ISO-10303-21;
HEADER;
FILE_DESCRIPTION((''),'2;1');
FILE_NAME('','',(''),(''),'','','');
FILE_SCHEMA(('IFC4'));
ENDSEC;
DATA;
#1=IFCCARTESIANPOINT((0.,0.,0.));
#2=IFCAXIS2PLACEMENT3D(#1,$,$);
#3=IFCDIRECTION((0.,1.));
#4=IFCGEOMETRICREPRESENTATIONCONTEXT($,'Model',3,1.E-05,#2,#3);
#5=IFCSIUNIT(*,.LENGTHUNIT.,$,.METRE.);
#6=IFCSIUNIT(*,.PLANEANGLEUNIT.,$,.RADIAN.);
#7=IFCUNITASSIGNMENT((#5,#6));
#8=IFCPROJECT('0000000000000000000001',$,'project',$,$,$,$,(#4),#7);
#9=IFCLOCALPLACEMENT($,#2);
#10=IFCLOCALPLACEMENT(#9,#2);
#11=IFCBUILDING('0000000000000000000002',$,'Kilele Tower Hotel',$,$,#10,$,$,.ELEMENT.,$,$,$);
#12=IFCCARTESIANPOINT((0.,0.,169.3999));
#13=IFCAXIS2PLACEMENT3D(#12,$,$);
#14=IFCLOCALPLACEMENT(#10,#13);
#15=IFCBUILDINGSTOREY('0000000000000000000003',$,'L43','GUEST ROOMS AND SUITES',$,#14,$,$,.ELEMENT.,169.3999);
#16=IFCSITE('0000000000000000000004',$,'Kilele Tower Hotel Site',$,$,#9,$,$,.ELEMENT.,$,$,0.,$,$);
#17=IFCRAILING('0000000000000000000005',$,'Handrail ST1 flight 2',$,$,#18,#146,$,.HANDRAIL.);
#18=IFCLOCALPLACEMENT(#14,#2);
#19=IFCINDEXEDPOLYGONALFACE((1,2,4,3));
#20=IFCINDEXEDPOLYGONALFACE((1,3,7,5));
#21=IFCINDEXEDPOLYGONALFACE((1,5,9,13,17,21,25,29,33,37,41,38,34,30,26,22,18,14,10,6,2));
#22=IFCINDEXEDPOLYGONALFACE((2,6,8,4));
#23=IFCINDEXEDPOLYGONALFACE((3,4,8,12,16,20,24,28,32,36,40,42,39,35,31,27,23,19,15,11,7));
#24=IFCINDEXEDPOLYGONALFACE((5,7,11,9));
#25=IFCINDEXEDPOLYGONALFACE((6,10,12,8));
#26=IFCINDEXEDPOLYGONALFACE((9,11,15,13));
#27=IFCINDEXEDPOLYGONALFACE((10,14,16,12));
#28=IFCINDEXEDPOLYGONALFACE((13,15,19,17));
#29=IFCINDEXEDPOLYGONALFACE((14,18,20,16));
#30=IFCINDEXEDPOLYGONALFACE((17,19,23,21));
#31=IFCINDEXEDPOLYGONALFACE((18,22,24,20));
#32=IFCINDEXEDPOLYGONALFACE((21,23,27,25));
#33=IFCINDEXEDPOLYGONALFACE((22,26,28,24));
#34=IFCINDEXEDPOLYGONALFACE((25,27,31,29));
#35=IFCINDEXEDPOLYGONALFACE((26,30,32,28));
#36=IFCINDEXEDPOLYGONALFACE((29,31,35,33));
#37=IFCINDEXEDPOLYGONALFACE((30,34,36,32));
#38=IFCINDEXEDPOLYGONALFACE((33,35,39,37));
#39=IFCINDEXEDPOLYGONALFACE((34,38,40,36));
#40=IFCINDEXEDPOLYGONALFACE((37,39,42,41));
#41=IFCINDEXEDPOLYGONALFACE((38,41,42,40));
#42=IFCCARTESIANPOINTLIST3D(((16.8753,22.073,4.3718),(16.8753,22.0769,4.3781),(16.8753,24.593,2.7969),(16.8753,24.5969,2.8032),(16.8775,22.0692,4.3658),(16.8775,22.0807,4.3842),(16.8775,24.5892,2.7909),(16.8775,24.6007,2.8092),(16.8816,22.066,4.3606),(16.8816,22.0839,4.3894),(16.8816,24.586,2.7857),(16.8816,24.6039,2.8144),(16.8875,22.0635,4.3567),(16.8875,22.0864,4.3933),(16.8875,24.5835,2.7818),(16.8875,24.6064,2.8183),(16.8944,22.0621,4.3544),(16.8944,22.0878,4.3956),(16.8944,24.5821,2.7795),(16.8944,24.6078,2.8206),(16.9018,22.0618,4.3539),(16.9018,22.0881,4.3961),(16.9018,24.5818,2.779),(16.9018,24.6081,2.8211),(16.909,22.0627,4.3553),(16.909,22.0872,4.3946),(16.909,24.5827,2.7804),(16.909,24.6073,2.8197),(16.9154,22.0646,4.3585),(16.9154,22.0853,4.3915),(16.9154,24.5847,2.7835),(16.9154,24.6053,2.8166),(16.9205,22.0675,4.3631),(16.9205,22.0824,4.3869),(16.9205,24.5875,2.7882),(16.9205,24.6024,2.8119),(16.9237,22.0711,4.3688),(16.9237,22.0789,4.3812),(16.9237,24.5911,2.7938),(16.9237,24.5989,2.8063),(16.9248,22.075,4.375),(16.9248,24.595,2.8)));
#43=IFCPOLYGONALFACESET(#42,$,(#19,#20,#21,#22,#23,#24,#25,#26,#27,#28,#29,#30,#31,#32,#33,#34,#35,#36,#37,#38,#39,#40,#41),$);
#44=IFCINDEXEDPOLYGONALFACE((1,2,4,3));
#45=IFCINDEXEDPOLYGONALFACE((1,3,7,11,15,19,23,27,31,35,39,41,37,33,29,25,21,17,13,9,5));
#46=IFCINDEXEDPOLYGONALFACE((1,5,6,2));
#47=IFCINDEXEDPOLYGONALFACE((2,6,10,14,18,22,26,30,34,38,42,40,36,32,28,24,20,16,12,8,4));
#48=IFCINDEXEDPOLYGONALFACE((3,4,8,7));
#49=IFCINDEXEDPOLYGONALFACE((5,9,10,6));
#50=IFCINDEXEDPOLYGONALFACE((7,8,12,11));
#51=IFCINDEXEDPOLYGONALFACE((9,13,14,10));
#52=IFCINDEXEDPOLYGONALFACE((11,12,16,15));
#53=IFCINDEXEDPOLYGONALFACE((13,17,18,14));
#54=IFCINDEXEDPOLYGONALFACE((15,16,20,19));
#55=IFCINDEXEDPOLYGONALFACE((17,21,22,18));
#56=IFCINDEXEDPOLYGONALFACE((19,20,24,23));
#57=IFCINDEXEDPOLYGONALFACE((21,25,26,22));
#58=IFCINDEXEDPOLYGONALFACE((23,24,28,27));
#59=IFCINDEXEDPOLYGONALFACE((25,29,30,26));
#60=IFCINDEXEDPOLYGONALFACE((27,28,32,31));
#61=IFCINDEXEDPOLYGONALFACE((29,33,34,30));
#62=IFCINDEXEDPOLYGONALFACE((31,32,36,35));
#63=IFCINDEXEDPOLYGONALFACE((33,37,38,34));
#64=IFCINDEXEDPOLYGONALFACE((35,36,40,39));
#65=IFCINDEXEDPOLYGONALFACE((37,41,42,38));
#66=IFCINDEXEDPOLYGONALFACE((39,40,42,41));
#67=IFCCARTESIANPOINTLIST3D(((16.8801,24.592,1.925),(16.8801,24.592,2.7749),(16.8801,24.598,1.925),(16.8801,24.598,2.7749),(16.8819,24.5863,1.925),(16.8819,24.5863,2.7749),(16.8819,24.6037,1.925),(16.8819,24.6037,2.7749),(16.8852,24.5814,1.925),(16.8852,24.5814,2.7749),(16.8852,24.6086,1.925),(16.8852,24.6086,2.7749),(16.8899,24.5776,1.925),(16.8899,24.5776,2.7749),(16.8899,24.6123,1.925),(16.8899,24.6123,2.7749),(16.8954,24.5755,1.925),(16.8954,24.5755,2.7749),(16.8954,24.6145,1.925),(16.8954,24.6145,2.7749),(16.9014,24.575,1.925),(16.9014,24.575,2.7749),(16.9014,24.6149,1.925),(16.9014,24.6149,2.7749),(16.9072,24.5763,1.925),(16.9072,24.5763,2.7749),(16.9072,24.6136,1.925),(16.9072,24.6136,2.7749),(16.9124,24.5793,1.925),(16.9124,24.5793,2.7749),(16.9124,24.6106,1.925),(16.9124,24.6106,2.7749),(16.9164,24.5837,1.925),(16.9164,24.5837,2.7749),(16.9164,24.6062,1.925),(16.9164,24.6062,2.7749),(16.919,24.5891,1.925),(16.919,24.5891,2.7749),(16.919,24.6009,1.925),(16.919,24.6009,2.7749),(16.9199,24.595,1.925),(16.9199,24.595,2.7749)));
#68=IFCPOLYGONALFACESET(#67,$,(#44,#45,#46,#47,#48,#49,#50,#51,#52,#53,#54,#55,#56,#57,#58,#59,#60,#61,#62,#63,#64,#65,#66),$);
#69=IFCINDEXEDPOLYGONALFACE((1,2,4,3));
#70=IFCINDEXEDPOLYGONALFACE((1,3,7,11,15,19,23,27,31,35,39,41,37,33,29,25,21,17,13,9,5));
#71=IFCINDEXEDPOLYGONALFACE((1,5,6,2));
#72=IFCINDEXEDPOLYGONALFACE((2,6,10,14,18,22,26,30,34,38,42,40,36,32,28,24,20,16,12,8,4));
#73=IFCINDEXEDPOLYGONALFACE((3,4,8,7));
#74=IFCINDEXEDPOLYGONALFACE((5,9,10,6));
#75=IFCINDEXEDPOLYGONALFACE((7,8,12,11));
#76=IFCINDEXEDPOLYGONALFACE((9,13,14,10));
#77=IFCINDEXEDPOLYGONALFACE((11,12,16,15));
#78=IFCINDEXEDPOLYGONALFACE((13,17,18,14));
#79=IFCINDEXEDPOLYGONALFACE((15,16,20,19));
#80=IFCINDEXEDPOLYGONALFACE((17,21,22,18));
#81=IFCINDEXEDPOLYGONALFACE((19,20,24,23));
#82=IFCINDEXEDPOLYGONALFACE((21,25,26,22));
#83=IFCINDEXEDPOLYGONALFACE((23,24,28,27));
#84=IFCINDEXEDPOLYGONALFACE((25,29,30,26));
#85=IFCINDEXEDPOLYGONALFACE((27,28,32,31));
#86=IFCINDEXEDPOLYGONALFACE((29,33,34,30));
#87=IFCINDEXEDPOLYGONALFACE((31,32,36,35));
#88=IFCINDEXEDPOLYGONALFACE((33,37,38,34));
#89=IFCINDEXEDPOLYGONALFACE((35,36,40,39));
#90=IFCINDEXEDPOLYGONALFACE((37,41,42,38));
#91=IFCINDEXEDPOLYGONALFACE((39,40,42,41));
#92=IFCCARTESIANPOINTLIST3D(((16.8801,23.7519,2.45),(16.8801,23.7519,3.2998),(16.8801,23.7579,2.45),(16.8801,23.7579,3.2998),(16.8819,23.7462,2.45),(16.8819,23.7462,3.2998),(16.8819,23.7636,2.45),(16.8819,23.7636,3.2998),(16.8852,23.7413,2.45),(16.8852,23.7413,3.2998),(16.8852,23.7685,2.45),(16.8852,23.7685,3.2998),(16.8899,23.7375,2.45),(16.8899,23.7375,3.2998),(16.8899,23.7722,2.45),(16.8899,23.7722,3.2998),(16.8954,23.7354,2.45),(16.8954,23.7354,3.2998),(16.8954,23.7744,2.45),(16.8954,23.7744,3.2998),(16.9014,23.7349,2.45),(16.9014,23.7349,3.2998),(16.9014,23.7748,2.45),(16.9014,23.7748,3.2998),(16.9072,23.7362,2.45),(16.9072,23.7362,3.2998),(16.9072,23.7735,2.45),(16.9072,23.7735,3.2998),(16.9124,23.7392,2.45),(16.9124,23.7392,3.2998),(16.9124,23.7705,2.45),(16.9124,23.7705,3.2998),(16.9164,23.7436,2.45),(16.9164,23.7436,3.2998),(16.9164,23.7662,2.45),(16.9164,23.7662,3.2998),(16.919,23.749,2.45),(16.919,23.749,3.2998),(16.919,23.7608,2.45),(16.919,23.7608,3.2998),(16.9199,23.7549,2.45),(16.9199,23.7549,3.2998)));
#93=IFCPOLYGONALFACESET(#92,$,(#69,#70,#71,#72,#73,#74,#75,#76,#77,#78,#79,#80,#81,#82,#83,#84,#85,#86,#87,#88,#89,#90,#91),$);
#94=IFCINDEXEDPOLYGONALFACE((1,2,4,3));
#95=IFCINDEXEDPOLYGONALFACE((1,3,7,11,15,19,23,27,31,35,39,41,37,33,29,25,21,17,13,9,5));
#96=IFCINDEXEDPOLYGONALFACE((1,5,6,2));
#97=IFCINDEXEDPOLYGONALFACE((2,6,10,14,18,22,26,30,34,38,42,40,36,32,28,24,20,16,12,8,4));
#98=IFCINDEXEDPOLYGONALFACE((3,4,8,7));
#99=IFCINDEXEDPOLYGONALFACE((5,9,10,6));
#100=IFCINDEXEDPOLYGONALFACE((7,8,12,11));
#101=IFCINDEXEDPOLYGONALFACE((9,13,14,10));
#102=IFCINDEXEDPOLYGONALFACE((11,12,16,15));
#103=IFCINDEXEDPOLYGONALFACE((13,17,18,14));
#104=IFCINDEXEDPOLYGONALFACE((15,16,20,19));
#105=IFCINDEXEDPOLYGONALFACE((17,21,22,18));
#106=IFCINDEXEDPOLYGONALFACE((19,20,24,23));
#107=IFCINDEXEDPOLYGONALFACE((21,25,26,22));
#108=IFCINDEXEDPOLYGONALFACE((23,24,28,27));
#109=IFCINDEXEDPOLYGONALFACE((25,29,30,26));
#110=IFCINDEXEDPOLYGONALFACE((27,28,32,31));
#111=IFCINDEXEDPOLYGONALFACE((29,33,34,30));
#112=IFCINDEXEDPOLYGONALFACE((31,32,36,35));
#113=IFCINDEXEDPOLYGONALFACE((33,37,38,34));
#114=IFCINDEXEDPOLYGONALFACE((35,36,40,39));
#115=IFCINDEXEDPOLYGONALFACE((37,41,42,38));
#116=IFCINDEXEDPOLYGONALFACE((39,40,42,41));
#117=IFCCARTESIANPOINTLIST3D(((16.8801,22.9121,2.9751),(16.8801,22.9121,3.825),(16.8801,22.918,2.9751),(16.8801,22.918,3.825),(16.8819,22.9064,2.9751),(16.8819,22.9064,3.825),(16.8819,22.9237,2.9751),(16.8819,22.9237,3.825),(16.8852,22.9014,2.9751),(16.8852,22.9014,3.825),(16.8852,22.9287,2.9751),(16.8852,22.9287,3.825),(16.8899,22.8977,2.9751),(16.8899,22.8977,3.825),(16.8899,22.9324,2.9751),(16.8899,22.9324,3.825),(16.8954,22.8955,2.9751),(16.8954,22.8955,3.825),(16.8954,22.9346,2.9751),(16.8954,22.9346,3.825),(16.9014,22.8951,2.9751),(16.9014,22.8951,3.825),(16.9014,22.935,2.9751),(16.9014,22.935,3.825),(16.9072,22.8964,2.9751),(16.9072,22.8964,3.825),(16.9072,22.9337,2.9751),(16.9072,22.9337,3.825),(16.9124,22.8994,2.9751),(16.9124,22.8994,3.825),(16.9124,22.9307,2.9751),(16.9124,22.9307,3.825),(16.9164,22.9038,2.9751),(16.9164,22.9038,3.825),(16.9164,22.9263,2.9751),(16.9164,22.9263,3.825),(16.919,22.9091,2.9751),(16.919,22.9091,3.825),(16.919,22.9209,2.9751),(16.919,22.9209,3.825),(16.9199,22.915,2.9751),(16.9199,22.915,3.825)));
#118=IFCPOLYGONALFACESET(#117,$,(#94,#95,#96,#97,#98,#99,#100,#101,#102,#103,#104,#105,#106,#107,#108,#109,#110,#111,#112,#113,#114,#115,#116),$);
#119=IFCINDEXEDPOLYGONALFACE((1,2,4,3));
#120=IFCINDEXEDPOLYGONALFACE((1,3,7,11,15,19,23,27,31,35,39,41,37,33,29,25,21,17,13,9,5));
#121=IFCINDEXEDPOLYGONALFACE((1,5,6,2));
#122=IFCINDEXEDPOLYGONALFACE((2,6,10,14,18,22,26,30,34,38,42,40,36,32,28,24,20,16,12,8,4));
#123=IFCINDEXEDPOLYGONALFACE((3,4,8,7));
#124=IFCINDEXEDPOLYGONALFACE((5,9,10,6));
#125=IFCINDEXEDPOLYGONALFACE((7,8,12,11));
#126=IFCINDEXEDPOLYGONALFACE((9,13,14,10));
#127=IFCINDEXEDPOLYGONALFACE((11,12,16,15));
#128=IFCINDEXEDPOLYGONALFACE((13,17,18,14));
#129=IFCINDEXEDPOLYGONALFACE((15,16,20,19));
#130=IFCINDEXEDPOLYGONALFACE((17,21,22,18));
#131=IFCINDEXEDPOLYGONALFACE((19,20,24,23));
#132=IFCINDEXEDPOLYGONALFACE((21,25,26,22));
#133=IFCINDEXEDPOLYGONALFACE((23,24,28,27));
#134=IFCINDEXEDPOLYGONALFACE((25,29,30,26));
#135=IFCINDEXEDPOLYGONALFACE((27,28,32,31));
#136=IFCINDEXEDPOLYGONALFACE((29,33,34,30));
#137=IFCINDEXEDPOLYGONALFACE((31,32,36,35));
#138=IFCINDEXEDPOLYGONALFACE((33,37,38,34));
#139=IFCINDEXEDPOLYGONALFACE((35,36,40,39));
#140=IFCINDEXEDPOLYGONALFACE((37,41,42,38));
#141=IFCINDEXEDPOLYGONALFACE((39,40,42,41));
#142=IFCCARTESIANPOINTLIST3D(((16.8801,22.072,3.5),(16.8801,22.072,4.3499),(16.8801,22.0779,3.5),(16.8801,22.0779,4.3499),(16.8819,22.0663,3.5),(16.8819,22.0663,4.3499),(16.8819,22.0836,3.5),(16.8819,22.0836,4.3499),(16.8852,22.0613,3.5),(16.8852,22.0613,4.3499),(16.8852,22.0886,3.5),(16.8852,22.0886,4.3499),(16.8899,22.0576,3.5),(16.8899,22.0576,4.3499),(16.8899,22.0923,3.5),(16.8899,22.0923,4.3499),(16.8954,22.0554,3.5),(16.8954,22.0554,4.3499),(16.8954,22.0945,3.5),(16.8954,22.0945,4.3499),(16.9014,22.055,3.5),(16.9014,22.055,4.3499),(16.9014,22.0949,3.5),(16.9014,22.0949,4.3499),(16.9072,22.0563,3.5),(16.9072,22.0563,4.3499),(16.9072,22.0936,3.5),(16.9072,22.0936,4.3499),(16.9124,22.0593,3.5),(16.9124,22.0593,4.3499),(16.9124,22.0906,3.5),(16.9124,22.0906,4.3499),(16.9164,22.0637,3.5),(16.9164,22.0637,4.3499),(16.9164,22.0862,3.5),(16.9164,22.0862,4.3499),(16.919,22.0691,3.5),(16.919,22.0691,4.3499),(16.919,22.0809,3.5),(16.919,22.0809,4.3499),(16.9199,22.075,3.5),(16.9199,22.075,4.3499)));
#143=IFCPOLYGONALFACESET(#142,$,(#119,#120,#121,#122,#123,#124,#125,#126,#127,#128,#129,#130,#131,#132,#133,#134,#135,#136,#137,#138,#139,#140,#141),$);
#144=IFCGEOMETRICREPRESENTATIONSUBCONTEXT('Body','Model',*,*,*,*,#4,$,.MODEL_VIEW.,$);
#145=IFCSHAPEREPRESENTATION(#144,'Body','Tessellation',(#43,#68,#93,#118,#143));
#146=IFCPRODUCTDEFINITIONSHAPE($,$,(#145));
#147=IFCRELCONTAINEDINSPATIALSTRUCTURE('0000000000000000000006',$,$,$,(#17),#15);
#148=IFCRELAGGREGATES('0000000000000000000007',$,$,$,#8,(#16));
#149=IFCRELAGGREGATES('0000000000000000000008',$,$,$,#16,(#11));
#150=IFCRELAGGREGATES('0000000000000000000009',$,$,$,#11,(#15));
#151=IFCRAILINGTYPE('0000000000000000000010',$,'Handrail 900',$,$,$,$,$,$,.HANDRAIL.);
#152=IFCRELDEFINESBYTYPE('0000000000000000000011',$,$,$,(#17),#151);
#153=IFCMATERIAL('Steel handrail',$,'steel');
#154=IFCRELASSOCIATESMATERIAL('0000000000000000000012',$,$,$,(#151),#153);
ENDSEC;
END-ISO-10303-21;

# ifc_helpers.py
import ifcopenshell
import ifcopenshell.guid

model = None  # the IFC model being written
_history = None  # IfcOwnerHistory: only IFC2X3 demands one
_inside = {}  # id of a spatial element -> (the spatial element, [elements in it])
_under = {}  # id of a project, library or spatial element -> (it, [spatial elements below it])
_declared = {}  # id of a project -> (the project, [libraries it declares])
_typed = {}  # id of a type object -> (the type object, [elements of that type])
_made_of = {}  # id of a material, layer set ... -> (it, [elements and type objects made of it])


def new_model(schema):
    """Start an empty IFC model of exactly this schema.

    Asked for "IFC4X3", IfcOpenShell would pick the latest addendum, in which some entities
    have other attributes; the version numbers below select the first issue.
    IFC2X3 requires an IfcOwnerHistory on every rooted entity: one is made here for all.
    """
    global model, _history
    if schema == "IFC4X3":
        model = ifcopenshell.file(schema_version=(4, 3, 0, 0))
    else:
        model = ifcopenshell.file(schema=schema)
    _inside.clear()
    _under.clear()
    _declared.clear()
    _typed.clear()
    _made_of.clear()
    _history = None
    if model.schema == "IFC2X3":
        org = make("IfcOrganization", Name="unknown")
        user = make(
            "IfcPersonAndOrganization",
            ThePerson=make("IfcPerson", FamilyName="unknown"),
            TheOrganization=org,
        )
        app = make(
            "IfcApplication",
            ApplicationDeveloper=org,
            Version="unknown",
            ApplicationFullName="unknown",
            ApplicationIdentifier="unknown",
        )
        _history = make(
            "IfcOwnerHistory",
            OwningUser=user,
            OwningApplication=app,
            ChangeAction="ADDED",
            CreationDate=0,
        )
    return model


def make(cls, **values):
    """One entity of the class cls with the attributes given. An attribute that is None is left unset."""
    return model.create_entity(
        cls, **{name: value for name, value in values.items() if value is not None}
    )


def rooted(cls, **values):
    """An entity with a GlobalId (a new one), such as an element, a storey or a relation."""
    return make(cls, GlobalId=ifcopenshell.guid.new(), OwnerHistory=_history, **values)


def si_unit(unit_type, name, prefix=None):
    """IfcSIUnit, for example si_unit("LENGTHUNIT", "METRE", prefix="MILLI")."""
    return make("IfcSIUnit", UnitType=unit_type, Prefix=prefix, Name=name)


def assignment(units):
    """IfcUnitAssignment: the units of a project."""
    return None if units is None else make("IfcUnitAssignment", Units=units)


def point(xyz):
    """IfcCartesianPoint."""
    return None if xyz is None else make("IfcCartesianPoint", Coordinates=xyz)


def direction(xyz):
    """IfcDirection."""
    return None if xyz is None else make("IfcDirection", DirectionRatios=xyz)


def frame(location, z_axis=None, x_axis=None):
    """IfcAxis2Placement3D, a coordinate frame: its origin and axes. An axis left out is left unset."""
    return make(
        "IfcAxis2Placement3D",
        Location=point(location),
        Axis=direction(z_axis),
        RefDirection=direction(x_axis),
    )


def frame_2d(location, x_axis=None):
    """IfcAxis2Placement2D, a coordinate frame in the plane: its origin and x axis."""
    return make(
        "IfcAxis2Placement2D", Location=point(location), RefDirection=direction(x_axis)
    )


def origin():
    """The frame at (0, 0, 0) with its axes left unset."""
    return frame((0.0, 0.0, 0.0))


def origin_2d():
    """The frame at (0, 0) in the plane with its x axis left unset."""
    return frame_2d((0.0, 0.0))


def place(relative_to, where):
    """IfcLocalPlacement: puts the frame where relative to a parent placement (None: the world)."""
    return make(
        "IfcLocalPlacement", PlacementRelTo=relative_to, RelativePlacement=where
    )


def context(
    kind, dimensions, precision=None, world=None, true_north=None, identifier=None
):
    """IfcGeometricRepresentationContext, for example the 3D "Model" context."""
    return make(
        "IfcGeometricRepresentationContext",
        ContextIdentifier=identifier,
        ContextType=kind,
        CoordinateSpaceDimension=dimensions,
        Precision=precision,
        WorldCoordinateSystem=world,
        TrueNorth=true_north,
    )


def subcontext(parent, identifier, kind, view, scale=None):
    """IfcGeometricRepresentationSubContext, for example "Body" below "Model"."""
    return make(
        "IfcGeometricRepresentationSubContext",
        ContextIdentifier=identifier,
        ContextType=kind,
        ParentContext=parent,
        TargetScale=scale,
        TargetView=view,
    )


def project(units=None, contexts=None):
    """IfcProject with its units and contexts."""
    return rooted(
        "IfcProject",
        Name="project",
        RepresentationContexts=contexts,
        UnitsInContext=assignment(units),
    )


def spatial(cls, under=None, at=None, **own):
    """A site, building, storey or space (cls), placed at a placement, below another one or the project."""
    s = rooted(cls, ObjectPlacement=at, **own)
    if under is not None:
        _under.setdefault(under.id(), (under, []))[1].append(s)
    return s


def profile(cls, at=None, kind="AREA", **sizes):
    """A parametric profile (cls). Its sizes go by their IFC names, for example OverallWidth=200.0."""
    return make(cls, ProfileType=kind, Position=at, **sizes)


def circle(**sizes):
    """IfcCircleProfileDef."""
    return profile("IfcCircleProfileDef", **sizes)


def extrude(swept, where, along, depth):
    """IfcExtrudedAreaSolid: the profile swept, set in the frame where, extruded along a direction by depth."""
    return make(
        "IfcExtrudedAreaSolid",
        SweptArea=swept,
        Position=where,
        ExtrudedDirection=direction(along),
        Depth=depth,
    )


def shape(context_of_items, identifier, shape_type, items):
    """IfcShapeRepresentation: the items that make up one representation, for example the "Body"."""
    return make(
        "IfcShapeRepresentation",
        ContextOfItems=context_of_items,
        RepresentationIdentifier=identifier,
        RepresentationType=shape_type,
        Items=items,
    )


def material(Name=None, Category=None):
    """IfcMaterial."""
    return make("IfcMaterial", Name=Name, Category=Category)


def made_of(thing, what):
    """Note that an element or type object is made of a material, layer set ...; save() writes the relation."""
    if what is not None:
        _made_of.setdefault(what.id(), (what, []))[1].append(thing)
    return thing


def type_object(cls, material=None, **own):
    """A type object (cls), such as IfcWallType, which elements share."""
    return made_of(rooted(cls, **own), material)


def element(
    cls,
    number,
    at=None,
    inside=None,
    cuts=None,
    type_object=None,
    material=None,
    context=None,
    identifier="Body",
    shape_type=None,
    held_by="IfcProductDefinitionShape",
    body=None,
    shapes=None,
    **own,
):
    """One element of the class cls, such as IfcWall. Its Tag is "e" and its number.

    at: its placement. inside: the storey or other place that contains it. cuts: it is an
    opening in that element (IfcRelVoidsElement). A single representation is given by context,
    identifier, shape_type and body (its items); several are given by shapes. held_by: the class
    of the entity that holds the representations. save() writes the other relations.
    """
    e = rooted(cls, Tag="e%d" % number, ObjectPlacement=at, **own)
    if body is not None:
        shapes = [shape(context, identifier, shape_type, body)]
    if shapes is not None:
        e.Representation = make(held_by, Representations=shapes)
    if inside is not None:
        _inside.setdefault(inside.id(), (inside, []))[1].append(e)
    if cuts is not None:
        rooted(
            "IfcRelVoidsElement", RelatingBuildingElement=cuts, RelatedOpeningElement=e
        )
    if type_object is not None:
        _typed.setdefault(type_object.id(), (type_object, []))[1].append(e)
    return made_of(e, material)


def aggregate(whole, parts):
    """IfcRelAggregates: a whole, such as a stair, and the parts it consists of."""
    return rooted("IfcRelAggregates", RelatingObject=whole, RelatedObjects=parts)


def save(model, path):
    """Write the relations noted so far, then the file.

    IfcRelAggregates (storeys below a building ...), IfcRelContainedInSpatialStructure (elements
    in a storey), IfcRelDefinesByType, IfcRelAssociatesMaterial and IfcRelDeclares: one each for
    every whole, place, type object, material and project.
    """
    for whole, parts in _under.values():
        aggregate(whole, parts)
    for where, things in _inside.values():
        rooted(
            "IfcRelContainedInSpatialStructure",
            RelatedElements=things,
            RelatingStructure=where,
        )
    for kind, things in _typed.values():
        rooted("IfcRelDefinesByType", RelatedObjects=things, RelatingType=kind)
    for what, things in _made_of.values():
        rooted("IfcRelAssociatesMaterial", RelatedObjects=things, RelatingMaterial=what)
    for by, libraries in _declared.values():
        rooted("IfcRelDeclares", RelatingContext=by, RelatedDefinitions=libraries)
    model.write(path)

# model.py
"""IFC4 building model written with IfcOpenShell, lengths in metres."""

from ifc_helpers import new_model, si_unit, direction, frame, origin, origin_2d, place, context, subcontext, project, spatial, circle, extrude, material, type_object, element, save


model = new_model("IFC4")

# Units and contexts
model_context = context("Model", 3, precision=1e-05, world=origin(), true_north=direction((0.0, 1.0)))
body_context = subcontext(model_context, "Body", "Model", "MODEL_VIEW")
ifc_project = project(units=[si_unit("LENGTHUNIT", "METRE"), si_unit("PLANEANGLEUNIT", "RADIAN")], contexts=[model_context])

# Site, building, storey
site_placement = place(None, origin())
site = spatial("IfcSite", under=ifc_project, at=site_placement, Name="Kilele Tower Hotel Site", CompositionType="ELEMENT", RefElevation=0.0)
building_placement = place(site_placement, origin())
building = spatial("IfcBuilding", under=site, at=building_placement, Name="Kilele Tower Hotel", CompositionType="ELEMENT")
storey_placement = place(building_placement, frame((0.0, 0.0, 169.3999)))
storey = spatial("IfcBuildingStorey", under=building, at=storey_placement, Name="L43", Description="GUEST ROOMS AND SUITES", CompositionType="ELEMENT", Elevation=169.3999)

# Railing
ifc_material_1 = material(Name="Steel handrail", Category="steel")
railing_type_1 = type_object("IfcRailingType", Name="Handrail 900", PredefinedType="HANDRAIL", material=ifc_material_1)
for number, where, name in (
    (1, (16.8999, 24.595, 1.925), "Handrail ST1 flight 2"),
):
    element("IfcRailing", number, at=place(storey_placement, frame(where)), inside=storey, type_object=railing_type_1, Name=name, PredefinedType="HANDRAIL", context=body_context, shape_type="SweptSolid", body=[
        extrude(circle(Radius=0.0249, at=origin_2d()), frame((0.0, 0.0, 0.875), z_axis=(0.0, -0.848008, 0.529984), x_axis=(1.0, 0.0, 0.0)), (0.0, 0.0, 1.0), 2.9717),
        extrude(circle(Radius=0.02, at=origin_2d()), origin(), (0.0, 0.0, 1.0), 0.8499),
        extrude(circle(Radius=0.02, at=origin_2d()), frame((0.0, -0.8401, 0.5249)), (0.0, 0.0, 1.0), 0.8499),
        extrude(circle(Radius=0.02, at=origin_2d()), frame((0.0, -1.6799, 1.05)), (0.0, 0.0, 1.0), 0.8499),
        extrude(circle(Radius=0.02, at=origin_2d()), frame((0.0, -2.52, 1.575)), (0.0, 0.0, 1.0), 0.8499),
    ])

save(model, "model.ifc")
